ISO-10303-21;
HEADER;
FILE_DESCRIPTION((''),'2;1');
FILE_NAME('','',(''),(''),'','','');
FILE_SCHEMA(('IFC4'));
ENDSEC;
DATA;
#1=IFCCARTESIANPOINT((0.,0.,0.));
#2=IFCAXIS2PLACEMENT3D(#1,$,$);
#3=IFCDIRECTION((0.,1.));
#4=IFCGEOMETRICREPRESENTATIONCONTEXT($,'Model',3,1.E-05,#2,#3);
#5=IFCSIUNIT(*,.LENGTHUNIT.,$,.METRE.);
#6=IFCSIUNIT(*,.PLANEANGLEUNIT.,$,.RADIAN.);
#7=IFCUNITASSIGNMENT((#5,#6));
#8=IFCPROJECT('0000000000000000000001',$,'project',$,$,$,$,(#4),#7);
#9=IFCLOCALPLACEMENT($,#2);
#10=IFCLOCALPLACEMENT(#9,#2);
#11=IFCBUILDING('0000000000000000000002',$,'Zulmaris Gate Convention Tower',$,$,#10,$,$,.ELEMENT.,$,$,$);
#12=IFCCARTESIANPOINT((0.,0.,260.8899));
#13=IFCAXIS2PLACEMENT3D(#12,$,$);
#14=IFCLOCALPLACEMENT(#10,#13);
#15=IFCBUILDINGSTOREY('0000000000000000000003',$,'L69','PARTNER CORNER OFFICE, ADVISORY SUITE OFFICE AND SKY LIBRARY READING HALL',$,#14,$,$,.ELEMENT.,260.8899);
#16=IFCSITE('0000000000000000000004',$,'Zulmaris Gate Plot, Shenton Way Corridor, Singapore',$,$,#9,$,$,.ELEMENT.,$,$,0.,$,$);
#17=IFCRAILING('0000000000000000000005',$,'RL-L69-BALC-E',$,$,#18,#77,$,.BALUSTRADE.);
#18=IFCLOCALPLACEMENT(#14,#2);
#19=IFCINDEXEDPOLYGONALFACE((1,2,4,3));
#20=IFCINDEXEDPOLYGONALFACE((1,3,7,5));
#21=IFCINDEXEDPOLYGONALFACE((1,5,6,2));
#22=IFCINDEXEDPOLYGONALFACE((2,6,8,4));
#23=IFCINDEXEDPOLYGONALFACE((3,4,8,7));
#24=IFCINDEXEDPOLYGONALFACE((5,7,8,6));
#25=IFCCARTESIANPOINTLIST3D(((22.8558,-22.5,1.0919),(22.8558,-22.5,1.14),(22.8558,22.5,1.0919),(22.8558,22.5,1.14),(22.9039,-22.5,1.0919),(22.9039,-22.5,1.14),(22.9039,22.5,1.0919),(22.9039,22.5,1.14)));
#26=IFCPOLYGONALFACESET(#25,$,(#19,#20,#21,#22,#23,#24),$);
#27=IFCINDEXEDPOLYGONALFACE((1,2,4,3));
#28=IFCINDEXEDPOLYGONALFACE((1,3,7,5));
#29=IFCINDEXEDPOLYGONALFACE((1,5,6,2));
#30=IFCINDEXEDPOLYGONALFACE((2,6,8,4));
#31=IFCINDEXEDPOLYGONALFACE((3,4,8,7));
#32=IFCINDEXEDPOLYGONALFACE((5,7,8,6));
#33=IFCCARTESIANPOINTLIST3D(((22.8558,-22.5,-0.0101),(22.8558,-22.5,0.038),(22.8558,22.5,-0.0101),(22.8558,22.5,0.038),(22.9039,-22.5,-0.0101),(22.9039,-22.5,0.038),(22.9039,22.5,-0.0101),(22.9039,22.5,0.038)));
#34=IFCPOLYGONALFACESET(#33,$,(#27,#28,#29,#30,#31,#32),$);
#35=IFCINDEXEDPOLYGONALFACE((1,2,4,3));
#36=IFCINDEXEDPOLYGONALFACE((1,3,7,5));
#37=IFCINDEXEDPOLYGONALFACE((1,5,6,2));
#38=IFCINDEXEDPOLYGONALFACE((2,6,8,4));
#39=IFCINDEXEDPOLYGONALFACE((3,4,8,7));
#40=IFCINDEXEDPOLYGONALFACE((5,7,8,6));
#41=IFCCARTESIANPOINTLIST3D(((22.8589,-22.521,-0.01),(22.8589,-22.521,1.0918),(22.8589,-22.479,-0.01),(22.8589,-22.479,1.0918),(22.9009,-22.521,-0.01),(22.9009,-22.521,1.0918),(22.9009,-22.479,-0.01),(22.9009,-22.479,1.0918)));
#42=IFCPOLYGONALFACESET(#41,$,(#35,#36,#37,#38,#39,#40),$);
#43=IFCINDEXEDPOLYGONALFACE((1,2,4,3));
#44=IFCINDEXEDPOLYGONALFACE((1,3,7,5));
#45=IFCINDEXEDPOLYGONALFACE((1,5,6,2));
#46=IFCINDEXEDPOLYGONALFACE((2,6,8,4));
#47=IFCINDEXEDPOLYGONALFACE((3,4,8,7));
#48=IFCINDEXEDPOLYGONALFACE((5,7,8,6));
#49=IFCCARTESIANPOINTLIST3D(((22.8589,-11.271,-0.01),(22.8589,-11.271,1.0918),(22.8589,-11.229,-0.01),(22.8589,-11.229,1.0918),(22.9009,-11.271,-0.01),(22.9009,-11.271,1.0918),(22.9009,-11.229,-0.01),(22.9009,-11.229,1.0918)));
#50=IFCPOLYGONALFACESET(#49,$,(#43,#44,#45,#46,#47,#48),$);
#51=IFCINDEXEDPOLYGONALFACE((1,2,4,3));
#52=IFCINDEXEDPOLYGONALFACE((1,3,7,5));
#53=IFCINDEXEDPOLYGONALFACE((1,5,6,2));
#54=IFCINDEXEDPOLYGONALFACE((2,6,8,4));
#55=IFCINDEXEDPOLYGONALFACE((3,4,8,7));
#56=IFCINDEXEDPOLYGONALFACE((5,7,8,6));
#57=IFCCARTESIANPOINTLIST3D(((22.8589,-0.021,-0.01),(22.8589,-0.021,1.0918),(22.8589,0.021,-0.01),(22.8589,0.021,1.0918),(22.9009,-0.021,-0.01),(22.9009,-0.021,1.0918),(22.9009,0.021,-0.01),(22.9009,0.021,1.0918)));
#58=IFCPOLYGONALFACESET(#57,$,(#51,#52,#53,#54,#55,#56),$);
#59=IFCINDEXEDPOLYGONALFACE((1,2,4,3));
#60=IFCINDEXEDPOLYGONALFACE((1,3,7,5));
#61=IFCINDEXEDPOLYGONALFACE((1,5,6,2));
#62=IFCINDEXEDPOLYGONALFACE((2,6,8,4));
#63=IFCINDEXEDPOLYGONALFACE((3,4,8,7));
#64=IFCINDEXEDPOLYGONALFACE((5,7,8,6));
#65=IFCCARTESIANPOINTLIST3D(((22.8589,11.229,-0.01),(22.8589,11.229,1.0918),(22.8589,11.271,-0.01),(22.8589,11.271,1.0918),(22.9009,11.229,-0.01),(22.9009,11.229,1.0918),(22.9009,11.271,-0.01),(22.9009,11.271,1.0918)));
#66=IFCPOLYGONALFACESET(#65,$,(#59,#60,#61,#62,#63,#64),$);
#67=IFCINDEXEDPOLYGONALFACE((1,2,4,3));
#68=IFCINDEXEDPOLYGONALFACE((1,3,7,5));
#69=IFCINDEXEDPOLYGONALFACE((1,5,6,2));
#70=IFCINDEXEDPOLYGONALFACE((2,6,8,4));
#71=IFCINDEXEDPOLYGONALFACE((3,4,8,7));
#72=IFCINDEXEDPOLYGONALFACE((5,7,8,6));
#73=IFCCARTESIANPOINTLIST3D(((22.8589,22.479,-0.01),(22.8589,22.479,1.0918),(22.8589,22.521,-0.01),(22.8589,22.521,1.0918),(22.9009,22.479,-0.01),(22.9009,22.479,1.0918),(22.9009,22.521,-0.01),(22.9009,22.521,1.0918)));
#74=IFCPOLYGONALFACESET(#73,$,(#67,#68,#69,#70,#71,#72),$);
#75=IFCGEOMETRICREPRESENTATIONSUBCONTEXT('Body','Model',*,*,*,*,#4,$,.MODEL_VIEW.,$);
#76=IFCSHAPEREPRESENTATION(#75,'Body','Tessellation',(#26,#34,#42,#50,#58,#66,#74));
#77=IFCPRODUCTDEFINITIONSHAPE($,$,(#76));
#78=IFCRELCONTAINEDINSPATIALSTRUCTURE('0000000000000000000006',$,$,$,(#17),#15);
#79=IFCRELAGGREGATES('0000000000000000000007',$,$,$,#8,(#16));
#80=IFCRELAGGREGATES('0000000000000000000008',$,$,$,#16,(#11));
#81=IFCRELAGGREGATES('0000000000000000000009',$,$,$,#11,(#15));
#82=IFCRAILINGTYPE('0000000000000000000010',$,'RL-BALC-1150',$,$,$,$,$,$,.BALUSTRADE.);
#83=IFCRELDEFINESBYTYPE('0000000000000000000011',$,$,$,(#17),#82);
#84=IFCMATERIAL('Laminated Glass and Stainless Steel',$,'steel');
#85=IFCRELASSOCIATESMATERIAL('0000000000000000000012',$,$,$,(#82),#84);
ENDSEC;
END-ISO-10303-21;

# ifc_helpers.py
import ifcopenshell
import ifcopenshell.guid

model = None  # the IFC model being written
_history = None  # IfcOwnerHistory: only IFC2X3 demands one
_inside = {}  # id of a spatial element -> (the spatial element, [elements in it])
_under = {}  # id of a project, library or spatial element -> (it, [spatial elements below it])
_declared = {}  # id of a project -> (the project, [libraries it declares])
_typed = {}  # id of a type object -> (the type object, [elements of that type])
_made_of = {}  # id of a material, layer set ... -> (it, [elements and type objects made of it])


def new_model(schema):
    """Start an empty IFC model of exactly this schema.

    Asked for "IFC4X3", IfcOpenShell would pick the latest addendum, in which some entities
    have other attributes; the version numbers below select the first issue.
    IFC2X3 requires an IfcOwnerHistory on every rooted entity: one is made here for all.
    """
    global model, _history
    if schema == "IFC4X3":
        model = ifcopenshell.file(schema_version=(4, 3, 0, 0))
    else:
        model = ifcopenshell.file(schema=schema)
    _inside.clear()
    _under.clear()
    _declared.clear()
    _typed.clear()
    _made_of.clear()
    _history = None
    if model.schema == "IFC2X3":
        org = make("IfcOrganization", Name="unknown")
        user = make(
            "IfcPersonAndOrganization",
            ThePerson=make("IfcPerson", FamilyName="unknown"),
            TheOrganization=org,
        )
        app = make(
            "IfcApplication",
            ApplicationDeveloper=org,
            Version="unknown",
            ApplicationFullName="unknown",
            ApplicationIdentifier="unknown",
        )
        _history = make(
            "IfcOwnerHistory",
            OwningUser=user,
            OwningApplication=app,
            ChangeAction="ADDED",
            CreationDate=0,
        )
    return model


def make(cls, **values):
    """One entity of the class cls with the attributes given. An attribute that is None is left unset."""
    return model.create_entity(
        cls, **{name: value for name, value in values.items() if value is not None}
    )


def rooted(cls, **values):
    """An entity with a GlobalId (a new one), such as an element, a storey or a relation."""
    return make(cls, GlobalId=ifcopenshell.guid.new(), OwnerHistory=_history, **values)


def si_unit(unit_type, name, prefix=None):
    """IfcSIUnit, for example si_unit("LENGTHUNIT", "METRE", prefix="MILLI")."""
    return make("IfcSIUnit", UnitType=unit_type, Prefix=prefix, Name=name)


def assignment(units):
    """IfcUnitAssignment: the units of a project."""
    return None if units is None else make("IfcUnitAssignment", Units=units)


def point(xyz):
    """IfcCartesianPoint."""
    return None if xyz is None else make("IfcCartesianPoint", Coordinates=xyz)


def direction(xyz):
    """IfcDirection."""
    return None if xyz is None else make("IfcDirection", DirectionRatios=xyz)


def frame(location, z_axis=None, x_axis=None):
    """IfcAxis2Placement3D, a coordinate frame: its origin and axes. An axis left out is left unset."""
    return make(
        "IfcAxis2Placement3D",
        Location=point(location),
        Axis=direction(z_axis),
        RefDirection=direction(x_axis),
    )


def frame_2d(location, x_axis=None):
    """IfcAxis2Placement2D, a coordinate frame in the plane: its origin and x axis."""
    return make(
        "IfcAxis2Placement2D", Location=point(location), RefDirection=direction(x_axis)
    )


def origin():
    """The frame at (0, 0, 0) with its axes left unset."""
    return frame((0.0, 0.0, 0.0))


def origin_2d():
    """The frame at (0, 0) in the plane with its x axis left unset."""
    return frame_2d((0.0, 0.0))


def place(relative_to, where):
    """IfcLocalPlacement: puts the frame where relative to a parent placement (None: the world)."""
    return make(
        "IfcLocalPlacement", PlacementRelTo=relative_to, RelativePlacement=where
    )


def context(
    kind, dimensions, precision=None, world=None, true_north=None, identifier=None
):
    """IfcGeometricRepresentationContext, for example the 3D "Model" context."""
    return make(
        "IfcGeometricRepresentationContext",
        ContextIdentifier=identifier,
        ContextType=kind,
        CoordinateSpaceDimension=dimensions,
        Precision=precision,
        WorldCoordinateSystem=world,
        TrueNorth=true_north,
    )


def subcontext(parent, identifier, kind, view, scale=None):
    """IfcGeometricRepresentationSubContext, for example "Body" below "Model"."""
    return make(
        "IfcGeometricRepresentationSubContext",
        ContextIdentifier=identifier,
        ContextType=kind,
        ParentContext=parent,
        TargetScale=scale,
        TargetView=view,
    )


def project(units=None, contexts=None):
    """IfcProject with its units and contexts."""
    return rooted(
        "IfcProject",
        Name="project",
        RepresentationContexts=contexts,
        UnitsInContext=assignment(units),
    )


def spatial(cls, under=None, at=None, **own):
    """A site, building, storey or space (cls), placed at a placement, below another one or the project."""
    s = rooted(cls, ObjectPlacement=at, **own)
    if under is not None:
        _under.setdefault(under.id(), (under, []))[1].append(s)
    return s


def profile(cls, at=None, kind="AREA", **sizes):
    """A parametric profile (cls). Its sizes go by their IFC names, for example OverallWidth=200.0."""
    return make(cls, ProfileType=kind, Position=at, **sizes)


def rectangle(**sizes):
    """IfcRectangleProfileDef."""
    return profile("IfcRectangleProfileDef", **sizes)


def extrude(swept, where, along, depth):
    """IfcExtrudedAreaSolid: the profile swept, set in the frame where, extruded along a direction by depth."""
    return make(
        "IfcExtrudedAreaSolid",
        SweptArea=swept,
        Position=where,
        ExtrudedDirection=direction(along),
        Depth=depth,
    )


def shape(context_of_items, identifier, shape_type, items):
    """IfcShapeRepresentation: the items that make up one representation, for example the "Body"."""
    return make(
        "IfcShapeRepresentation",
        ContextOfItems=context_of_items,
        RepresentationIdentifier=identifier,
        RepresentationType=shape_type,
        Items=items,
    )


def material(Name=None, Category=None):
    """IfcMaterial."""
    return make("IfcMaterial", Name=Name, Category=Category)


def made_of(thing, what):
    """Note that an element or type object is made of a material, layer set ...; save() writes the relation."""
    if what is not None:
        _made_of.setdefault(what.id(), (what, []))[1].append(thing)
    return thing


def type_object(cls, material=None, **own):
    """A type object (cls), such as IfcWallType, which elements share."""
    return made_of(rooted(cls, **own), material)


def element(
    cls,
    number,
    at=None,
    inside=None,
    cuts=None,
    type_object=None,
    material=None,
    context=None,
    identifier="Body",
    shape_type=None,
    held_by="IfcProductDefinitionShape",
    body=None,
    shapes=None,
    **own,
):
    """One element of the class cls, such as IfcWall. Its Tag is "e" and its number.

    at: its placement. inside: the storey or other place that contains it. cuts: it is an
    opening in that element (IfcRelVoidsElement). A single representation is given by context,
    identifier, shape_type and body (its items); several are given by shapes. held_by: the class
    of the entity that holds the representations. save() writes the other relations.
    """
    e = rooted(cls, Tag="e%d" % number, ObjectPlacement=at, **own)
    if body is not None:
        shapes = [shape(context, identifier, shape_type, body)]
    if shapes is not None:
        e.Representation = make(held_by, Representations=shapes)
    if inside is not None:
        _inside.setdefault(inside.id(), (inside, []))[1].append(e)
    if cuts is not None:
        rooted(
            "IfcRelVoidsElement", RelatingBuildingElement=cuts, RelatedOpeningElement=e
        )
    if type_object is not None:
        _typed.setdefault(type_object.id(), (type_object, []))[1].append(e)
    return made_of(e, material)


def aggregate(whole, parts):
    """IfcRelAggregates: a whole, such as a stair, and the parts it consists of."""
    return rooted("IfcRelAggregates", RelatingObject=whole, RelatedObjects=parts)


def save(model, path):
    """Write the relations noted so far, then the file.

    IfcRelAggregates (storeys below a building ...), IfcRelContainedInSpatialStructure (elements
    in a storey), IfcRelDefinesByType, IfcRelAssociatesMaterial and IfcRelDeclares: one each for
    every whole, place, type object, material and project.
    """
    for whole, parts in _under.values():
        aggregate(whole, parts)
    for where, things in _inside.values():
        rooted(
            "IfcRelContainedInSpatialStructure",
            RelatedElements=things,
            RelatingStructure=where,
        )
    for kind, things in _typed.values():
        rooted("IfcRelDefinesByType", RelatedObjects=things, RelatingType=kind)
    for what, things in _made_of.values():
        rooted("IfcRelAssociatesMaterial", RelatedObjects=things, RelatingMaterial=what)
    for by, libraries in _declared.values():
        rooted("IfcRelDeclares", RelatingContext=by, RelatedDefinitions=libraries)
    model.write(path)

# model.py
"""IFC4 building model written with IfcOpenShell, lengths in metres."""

from ifc_helpers import new_model, si_unit, direction, frame, origin, origin_2d, place, context, subcontext, project, spatial, rectangle, extrude, material, type_object, element, save


model = new_model("IFC4")

# Units and contexts
model_context = context("Model", 3, precision=1e-05, world=origin(), true_north=direction((0.0, 1.0)))
body_context = subcontext(model_context, "Body", "Model", "MODEL_VIEW")
ifc_project = project(units=[si_unit("LENGTHUNIT", "METRE"), si_unit("PLANEANGLEUNIT", "RADIAN")], contexts=[model_context])

# Site, building, storey
site_placement = place(None, origin())
site = spatial("IfcSite", under=ifc_project, at=site_placement, Name="Zulmaris Gate Plot, Shenton Way Corridor, Singapore", CompositionType="ELEMENT", RefElevation=0.0)
building_placement = place(site_placement, origin())
building = spatial("IfcBuilding", under=site, at=building_placement, Name="Zulmaris Gate Convention Tower", CompositionType="ELEMENT")
storey_placement = place(building_placement, frame((0.0, 0.0, 260.8899)))
storey = spatial("IfcBuildingStorey", under=building, at=storey_placement, Name="L69", Description="PARTNER CORNER OFFICE, ADVISORY SUITE OFFICE AND SKY LIBRARY READING HALL", CompositionType="ELEMENT", Elevation=260.8899)

# Railing
ifc_material_1 = material(Name="Laminated Glass and Stainless Steel", Category="steel")
railing_type = type_object("IfcRailingType", Name="RL-BALC-1150", PredefinedType="BALUSTRADE", material=ifc_material_1)
railing_placement = place(storey_placement, frame((22.8799, -22.5, -0.01)))
element("IfcRailing", 1, at=railing_placement, inside=storey, type_object=railing_type, Name="RL-L69-BALC-E", PredefinedType="BALUSTRADE", context=body_context, shape_type="SweptSolid", body=[
    extrude(rectangle(XDim=0.0481, YDim=0.0481, at=origin_2d()), frame((0.0, 0.0, 1.126), z_axis=(0.0, 1.0, 0.0), x_axis=(-1.0, 0.0, 0.0)), (0.0, 0.0, 1.0), 45.0),
    extrude(rectangle(XDim=0.0481, YDim=0.0481, at=origin_2d()), frame((0.0, 0.0, 0.0239), z_axis=(0.0, 1.0, 0.0), x_axis=(-1.0, 0.0, 0.0)), (0.0, 0.0, 1.0), 45.0),
    extrude(rectangle(XDim=0.042, YDim=0.042, at=origin_2d()), origin(), (0.0, 0.0, 1.0), 1.1018),
    extrude(rectangle(XDim=0.042, YDim=0.042, at=origin_2d()), frame((0.0, 11.25, 0.0)), (0.0, 0.0, 1.0), 1.1018),
    extrude(rectangle(XDim=0.042, YDim=0.042, at=origin_2d()), frame((0.0, 22.5, 0.0)), (0.0, 0.0, 1.0), 1.1018),
    extrude(rectangle(XDim=0.042, YDim=0.042, at=origin_2d()), frame((0.0, 33.75, 0.0)), (0.0, 0.0, 1.0), 1.1018),
    extrude(rectangle(XDim=0.042, YDim=0.042, at=origin_2d()), frame((0.0, 45.0, 0.0)), (0.0, 0.0, 1.0), 1.1018),
])

save(model, "model.ifc")
